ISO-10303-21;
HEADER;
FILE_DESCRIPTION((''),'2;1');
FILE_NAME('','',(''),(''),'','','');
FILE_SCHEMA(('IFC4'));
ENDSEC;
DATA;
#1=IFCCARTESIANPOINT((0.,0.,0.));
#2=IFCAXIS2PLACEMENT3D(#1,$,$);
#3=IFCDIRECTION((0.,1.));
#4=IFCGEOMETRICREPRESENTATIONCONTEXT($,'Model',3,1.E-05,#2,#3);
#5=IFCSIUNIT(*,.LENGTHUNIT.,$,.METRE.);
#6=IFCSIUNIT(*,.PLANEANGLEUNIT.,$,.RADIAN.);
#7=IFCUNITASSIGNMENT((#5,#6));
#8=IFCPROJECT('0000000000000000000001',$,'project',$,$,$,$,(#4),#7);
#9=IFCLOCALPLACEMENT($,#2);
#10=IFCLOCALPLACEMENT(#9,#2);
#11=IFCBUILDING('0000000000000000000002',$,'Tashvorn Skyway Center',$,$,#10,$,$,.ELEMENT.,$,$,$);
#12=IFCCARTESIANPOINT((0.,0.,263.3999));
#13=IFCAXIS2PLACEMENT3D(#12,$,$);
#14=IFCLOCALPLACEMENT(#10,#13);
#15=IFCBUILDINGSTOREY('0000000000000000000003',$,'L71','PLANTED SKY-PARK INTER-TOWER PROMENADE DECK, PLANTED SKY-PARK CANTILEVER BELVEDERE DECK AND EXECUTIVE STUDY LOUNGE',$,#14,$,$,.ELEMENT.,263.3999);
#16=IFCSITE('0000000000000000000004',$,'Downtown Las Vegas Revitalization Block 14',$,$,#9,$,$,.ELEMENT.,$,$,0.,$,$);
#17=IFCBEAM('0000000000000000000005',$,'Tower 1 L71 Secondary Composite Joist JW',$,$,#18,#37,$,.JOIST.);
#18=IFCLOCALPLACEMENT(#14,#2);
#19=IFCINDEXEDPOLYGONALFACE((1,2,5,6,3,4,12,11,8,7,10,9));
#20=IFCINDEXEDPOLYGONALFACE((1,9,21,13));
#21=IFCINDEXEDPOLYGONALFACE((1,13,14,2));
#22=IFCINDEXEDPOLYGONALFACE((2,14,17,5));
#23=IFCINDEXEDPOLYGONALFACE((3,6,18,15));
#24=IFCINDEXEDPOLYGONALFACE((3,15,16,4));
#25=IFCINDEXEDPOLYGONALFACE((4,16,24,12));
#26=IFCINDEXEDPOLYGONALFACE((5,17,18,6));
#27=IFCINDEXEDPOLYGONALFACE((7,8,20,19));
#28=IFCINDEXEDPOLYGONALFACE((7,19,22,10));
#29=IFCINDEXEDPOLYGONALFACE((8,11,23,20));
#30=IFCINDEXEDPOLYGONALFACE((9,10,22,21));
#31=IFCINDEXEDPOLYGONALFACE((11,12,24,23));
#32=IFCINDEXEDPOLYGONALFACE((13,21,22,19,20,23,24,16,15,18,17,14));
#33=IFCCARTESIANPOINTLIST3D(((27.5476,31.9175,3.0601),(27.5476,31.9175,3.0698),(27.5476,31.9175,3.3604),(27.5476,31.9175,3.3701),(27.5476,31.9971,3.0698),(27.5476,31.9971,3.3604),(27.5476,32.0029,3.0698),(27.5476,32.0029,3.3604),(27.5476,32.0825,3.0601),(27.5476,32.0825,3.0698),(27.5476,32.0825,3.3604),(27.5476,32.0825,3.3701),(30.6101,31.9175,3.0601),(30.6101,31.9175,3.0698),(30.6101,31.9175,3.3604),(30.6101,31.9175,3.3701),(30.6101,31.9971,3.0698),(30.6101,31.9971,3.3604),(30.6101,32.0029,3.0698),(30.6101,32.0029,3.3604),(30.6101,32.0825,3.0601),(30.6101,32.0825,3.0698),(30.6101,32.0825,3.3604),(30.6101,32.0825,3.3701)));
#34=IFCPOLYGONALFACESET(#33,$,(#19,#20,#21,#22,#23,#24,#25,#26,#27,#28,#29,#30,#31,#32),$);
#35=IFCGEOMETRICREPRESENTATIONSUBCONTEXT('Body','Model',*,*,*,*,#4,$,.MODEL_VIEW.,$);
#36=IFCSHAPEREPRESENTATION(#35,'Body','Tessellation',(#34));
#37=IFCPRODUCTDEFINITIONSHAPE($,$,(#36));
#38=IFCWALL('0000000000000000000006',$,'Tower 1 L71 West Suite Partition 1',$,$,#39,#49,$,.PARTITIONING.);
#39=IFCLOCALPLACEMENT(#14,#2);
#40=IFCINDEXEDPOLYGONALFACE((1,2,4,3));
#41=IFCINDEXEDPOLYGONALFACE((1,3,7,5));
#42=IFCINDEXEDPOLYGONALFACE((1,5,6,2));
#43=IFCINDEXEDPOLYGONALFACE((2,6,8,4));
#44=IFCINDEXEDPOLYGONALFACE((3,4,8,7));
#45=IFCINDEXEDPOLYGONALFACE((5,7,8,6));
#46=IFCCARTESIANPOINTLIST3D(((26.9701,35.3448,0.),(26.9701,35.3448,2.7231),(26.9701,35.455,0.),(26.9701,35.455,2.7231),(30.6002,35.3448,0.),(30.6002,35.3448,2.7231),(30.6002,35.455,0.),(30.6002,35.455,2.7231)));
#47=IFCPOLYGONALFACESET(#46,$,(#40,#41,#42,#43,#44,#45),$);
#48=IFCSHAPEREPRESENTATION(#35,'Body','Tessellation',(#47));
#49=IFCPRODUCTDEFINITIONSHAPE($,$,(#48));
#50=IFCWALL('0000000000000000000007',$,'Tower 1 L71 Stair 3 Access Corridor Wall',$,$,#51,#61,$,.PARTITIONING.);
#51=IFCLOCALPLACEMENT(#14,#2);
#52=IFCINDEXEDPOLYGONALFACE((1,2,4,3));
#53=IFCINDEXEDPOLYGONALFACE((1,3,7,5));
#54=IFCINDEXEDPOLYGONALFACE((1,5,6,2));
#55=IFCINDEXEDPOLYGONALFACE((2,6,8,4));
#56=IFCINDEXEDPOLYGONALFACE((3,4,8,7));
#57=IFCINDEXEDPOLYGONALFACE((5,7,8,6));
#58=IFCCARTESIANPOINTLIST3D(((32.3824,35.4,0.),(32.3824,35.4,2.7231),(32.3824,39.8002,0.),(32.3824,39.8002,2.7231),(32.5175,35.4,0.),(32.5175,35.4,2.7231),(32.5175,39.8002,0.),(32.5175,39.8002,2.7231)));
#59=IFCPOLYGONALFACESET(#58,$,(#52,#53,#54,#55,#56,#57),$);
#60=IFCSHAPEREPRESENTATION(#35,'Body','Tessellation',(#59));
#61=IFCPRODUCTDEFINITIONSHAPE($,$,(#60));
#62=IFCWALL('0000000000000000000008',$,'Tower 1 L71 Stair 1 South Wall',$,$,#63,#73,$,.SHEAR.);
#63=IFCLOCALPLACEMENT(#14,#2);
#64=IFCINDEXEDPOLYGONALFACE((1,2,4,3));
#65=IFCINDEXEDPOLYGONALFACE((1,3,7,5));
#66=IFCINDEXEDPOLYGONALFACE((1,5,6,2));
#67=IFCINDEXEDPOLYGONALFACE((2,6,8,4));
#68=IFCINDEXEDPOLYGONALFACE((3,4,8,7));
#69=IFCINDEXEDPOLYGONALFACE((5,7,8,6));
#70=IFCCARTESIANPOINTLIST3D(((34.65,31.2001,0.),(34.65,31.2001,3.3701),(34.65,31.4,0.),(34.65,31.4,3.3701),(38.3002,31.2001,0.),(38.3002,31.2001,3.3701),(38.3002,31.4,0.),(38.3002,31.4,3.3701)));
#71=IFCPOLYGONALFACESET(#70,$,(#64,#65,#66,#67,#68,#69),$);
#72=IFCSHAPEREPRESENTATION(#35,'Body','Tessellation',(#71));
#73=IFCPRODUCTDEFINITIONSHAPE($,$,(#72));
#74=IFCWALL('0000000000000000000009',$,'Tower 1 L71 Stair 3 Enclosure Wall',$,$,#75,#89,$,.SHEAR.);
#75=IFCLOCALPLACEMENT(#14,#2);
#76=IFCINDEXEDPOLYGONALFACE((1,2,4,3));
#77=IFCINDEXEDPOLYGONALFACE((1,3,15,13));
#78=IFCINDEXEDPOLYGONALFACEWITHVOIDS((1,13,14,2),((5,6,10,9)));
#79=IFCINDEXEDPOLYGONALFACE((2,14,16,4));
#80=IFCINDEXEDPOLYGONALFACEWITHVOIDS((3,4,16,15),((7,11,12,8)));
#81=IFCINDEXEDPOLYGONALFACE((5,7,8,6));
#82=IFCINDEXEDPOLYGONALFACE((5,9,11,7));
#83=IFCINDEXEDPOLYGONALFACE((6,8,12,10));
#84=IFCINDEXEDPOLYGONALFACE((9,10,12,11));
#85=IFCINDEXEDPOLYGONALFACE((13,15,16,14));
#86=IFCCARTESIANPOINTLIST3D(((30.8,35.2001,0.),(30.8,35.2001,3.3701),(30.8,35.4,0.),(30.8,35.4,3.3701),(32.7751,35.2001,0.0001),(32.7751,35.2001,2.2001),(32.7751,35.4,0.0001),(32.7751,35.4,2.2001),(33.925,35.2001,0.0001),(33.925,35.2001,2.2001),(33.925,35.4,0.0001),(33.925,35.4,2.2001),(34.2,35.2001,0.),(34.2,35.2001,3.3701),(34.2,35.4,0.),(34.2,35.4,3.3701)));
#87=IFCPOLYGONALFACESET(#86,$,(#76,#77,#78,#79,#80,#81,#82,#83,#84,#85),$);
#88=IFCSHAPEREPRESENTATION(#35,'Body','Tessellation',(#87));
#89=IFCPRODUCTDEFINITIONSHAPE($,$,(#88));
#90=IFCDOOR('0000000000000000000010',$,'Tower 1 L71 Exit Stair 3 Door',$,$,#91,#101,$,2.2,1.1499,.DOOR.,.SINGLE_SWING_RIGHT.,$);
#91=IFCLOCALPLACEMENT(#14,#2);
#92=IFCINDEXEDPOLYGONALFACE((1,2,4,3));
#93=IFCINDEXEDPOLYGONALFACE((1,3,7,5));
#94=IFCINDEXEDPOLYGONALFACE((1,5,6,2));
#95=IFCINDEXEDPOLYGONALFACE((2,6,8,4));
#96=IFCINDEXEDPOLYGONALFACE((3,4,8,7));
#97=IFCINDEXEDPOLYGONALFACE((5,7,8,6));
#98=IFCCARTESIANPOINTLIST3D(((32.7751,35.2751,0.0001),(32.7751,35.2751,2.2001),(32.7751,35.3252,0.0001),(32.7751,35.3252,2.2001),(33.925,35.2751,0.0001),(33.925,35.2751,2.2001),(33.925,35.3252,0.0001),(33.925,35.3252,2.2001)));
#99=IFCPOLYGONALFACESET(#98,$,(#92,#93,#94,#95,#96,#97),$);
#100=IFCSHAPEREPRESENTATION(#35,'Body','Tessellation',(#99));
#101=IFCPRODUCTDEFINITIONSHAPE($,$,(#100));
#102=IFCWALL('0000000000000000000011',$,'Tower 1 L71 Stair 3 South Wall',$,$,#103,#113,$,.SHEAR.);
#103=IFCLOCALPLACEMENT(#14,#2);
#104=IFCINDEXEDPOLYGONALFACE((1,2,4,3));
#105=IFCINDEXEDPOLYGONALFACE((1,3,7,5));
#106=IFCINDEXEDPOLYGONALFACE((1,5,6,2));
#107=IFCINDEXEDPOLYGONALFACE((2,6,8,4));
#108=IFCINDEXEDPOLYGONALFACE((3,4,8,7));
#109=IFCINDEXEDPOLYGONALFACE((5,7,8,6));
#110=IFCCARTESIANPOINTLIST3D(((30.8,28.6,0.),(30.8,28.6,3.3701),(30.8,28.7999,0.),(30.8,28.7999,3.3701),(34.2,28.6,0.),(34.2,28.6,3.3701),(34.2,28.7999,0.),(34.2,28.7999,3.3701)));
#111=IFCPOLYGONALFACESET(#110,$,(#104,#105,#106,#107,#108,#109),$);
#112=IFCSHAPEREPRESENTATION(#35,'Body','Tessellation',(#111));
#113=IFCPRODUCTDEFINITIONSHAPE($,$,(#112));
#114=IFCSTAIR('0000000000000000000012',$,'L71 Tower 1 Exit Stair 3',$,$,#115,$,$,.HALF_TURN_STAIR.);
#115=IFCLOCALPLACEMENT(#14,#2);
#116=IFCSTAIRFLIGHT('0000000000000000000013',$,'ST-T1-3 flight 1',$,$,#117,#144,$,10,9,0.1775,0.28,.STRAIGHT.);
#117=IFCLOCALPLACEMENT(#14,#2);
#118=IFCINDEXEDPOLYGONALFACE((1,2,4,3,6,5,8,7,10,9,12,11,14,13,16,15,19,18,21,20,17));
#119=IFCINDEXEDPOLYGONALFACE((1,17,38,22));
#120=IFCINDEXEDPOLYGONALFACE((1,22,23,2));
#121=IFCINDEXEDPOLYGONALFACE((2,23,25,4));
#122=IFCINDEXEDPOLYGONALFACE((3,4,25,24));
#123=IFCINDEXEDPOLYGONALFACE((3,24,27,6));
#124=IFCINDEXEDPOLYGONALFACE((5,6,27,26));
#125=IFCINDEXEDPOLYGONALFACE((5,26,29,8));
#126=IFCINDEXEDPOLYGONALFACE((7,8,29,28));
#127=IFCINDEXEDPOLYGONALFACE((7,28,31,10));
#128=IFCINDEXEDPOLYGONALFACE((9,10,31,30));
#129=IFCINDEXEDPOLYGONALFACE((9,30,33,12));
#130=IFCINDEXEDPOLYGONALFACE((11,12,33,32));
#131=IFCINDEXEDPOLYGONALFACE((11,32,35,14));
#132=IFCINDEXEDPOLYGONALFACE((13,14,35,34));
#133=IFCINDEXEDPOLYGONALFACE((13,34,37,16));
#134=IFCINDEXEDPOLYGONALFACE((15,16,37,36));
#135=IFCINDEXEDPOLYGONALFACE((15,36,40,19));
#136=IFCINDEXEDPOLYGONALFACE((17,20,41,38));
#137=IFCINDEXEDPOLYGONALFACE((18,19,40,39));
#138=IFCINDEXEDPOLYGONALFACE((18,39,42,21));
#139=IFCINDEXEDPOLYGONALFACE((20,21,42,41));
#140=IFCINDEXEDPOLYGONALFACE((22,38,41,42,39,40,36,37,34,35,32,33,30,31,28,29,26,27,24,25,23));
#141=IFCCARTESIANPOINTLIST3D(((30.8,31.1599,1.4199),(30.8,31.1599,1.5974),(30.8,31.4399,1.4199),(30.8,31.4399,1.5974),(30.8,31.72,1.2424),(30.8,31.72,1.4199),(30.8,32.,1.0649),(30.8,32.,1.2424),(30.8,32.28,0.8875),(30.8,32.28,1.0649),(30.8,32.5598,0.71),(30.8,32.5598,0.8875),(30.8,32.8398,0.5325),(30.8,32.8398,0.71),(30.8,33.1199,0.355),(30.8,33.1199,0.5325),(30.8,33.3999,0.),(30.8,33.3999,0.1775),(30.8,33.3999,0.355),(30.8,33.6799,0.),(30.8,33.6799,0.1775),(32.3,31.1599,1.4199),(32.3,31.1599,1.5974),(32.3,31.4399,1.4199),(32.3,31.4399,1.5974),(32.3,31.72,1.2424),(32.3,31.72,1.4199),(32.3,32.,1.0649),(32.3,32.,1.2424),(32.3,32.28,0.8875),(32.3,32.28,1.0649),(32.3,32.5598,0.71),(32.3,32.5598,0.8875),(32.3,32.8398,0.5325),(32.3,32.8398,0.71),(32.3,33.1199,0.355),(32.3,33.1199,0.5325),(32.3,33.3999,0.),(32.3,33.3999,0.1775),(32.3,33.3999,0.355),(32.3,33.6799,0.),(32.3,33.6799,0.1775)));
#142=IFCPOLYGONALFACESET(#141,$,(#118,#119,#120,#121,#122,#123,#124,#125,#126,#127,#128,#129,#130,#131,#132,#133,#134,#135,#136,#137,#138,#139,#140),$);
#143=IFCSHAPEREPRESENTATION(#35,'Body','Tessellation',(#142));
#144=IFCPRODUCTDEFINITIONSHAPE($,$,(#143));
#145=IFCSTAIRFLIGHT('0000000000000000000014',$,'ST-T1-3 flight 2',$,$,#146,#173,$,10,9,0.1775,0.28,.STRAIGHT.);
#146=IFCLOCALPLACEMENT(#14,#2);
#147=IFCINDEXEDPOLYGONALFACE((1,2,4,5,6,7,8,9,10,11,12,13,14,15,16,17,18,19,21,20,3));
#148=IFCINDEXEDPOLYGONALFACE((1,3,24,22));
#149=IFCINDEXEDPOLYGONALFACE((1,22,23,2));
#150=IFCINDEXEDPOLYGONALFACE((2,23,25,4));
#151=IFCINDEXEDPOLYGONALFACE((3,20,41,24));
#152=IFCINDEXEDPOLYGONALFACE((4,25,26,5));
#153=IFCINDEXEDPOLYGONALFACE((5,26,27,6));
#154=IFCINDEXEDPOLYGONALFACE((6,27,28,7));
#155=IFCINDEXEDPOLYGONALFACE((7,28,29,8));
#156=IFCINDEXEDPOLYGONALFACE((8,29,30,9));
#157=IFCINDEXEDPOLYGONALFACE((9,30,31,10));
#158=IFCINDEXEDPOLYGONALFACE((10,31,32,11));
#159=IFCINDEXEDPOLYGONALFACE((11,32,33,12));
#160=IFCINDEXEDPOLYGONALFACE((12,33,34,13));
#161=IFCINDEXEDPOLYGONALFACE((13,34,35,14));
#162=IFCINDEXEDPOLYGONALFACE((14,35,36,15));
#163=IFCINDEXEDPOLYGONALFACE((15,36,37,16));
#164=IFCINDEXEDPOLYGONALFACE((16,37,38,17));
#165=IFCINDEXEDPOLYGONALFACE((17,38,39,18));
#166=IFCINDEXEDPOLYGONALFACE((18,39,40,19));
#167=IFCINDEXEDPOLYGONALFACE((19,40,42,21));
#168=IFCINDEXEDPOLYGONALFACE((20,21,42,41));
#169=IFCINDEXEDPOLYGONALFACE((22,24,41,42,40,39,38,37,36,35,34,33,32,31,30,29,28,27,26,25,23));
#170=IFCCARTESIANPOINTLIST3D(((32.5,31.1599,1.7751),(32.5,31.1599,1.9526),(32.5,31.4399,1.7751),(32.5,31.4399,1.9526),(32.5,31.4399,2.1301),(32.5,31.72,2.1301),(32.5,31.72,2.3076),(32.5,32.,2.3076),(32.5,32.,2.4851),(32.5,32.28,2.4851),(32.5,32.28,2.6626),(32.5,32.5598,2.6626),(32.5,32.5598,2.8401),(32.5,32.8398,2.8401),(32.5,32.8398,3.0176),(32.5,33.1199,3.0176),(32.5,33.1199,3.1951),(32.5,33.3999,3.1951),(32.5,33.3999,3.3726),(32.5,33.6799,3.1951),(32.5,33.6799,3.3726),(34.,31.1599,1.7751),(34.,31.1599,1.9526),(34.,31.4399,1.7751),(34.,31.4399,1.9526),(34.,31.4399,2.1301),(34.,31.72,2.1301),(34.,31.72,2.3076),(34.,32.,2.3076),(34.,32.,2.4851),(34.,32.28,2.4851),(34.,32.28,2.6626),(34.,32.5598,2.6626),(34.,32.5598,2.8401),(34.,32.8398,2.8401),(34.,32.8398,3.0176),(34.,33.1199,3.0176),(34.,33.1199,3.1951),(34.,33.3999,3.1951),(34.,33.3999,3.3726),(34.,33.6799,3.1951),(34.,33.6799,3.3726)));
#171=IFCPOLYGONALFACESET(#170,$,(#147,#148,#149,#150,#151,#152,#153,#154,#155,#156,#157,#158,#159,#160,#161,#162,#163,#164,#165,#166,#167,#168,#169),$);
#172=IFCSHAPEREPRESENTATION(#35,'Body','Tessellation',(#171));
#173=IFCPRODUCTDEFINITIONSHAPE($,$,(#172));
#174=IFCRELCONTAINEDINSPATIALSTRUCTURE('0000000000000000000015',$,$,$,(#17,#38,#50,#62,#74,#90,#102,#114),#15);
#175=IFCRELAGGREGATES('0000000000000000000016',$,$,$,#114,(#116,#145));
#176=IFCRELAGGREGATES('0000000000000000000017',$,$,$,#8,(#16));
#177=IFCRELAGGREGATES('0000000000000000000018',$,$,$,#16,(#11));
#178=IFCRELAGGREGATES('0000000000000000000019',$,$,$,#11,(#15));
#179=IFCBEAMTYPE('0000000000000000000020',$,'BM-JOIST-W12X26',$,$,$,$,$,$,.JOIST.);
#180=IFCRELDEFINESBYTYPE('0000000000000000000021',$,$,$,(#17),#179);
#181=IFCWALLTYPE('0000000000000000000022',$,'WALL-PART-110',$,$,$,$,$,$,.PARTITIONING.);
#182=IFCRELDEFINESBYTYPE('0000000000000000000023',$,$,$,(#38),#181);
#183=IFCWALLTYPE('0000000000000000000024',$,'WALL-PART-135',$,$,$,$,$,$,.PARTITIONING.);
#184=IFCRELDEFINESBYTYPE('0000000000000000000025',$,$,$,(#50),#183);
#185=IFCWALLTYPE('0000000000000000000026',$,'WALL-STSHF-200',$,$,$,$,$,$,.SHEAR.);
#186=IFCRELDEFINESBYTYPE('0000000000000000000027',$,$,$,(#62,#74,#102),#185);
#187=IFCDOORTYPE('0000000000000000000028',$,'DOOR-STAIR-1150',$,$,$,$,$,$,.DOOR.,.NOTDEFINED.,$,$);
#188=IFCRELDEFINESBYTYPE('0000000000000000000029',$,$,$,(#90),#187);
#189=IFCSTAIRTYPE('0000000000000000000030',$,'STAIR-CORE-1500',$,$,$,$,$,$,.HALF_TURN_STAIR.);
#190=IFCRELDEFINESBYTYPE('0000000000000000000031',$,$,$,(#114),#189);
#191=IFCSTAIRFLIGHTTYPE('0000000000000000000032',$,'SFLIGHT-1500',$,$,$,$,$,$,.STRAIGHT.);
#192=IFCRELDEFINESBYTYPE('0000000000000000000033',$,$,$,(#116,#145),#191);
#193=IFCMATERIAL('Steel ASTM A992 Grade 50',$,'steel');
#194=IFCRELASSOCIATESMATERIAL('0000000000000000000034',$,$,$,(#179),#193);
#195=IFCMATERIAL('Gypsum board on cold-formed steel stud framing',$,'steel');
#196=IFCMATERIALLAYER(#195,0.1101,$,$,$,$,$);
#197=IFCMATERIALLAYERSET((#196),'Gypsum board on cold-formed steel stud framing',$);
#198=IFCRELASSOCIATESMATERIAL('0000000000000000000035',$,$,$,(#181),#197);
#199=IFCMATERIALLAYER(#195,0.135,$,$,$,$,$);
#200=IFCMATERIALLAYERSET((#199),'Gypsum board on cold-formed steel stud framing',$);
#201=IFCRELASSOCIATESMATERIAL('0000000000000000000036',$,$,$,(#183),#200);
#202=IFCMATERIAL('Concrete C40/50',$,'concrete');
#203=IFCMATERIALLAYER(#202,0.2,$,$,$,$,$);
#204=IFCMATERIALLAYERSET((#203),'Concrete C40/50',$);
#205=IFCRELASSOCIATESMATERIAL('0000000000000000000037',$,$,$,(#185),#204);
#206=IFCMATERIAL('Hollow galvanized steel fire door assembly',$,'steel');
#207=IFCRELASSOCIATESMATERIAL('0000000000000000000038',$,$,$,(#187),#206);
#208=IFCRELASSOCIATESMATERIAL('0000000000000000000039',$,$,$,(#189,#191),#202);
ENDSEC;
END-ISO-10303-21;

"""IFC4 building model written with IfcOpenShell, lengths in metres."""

from ifc_helpers import new_model, si_unit, direction, frame, frame_2d, origin, origin_2d, place, context, subcontext, project, spatial, polyline, rectangle, i_section, outline, extrude, material, layer, layer_set, material_profile, profile_set, type_object, element, fill, aggregate, save


model = new_model("IFC4")

# Units and contexts
model_context = context("Model", 3, precision=1e-05, world=origin(), true_north=direction((0.0, 1.0)))
body_context = subcontext(model_context, "Body", "Model", "MODEL_VIEW")
ifc_project = project(units=[si_unit("LENGTHUNIT", "METRE"), si_unit("PLANEANGLEUNIT", "RADIAN")], contexts=[model_context])

# Site, building, storey
site_placement = place(None, origin())
site = spatial("IfcSite", under=ifc_project, at=site_placement, Name="Downtown Las Vegas Revitalization Block 14", CompositionType="ELEMENT", RefElevation=0.0)
building_placement = place(site_placement, origin())
building = spatial("IfcBuilding", under=site, at=building_placement, Name="Tashvorn Skyway Center", CompositionType="ELEMENT")
storey_placement = place(building_placement, frame((0.0, 0.0, 263.3999)))
storey = spatial("IfcBuildingStorey", under=building, at=storey_placement, Name="L71", Description="PLANTED SKY-PARK INTER-TOWER PROMENADE DECK, PLANTED SKY-PARK CANTILEVER BELVEDERE DECK AND EXECUTIVE STUDY LOUNGE", CompositionType="ELEMENT", Elevation=263.3999)

# Beam
ifc_material_1 = material(Name="Steel ASTM A992 Grade 50", Category="steel")
ifc_material_profile = material_profile(ifc_material_1, i_section(OverallWidth=0.165, OverallDepth=0.3101, WebThickness=0.0059, FlangeThickness=0.0098, at=origin_2d()), Name="W12X26")
ifc_profile_set = profile_set([ifc_material_profile], Name="Steel ASTM A992 Grade 50")
beam_type = type_object("IfcBeamType", Name="BM-JOIST-W12X26", PredefinedType="JOIST", material=ifc_profile_set)
beam_placement = place(storey_placement, frame((30.6101, 32.0, 3.2151), z_axis=(-1.0, 0.0, 0.0), x_axis=(0.0, -1.0, 0.0)))
element("IfcBeam", 1, at=beam_placement, inside=storey, type_object=beam_type, Name="Tower 1 L71 Secondary Composite Joist JW", PredefinedType="JOIST", context=body_context, shape_type="SweptSolid", body=[
    extrude(i_section(OverallWidth=0.165, OverallDepth=0.3101, WebThickness=0.0059, FlangeThickness=0.0098, at=origin_2d()), origin(), (0.0, 0.0, 1.0), 3.0625),
])

# Walls
ifc_material_2 = material(Name="Gypsum board on cold-formed steel stud framing", Category="steel")
ifc_layer_1 = layer(ifc_material_2, 0.1101)
ifc_layer_set_1 = layer_set([ifc_layer_1], Name="Gypsum board on cold-formed steel stud framing")
wall_type_1 = type_object("IfcWallType", Name="WALL-PART-110", PredefinedType="PARTITIONING", material=ifc_layer_set_1)
wall_1_placement = place(storey_placement, frame((30.6001, 35.3999, 0.0), z_axis=(0.0, 0.0, 1.0), x_axis=(-1.0, 0.0, 0.0)))
element("IfcWall", 2, at=wall_1_placement, inside=storey, type_object=wall_type_1, Name="Tower 1 L71 West Suite Partition 1", PredefinedType="PARTITIONING", context=body_context, shape_type="SweptSolid", body=[
    extrude(rectangle(XDim=3.6301, YDim=0.1101, at=frame_2d((1.8149, 0.0))), origin(), (0.0, 0.0, 1.0), 2.7231),
])
ifc_layer_2 = layer(ifc_material_2, 0.135)
ifc_layer_set_2 = layer_set([ifc_layer_2], Name="Gypsum board on cold-formed steel stud framing")
wall_type_2 = type_object("IfcWallType", Name="WALL-PART-135", PredefinedType="PARTITIONING", material=ifc_layer_set_2)
wall_2_placement = place(storey_placement, frame((32.45, 35.3999, 0.0), z_axis=(0.0, 0.0, 1.0), x_axis=(0.0, 1.0, 0.0)))
element("IfcWall", 3, at=wall_2_placement, inside=storey, type_object=wall_type_2, Name="Tower 1 L71 Stair 3 Access Corridor Wall", PredefinedType="PARTITIONING", context=body_context, shape_type="SweptSolid", body=[
    extrude(rectangle(XDim=4.4001, YDim=0.135, at=frame_2d((2.2002, 0.0))), origin(), (0.0, 0.0, 1.0), 2.7231),
])
ifc_material_3 = material(Name="Concrete C40/50", Category="concrete")
ifc_layer_3 = layer(ifc_material_3, 0.2)
ifc_layer_set_3 = layer_set([ifc_layer_3], Name="Concrete C40/50")
wall_type_3 = type_object("IfcWallType", Name="WALL-STSHF-200", PredefinedType="SHEAR", material=ifc_layer_set_3)
wall_3_placement = place(storey_placement, frame((34.6499, 31.3, 0.0), z_axis=(0.0, 0.0, 1.0), x_axis=(1.0, 0.0, 0.0)))
element("IfcWall", 4, at=wall_3_placement, inside=storey, type_object=wall_type_3, Name="Tower 1 L71 Stair 1 South Wall", PredefinedType="SHEAR", context=body_context, shape_type="SweptSolid", body=[
    extrude(rectangle(XDim=3.6501, YDim=0.2, at=frame_2d((1.8252, 0.0))), origin(), (0.0, 0.0, 1.0), 3.3701),
])

# Wall, opening, door
wall_4_placement = place(storey_placement, frame((34.2, 35.3, 0.0), z_axis=(0.0, 0.0, 1.0), x_axis=(-1.0, 0.0, 0.0)))
wall_4 = element("IfcWall", 5, at=wall_4_placement, inside=storey, type_object=wall_type_3, Name="Tower 1 L71 Stair 3 Enclosure Wall", PredefinedType="SHEAR", context=body_context, shape_type="SweptSolid", body=[
    extrude(rectangle(XDim=3.3999, YDim=0.2, at=frame_2d((1.7, 0.0))), origin(), (0.0, 0.0, 1.0), 3.3701),
])
opening_placement = place(wall_4_placement, frame((0.2749, 0.0, 0.0)))
opening = element("IfcOpeningElement", 6, at=opening_placement, cuts=wall_4, PredefinedType="OPENING", context=body_context, shape_type="SweptSolid", body=[
    extrude(rectangle(XDim=1.1499, YDim=2.2, at=frame_2d((0.575, 1.1001))), frame((0.0, 0.1099, 0.0), z_axis=(0.0, -1.0, 0.0), x_axis=(1.0, 0.0, 0.0)), (0.0, 0.0, 1.0), 0.22),
])
ifc_material_4 = material(Name="Hollow galvanized steel fire door assembly", Category="steel")
door_type = type_object("IfcDoorType", Name="DOOR-STAIR-1150", OperationType="NOTDEFINED", PredefinedType="DOOR", material=ifc_material_4)
door_placement = place(opening_placement, origin())
door = element("IfcDoor", 7, at=door_placement, inside=storey, type_object=door_type, Name="Tower 1 L71 Exit Stair 3 Door", OperationType="SINGLE_SWING_RIGHT", OverallHeight=2.2, OverallWidth=1.1499, PredefinedType="DOOR", context=body_context, shape_type="SweptSolid", body=[
    extrude(rectangle(XDim=1.1499, YDim=2.2, at=frame_2d((0.575, 1.1001))), frame((0.0, 0.0249, 0.0), z_axis=(0.0, -1.0, 0.0), x_axis=(1.0, 0.0, 0.0)), (0.0, 0.0, 1.0), 0.05),
])
fill(opening, door)

# Wall
wall_5_placement = place(storey_placement, frame((30.8, 28.7, 0.0), z_axis=(0.0, 0.0, 1.0), x_axis=(1.0, 0.0, 0.0)))
element("IfcWall", 8, at=wall_5_placement, inside=storey, type_object=wall_type_3, Name="Tower 1 L71 Stair 3 South Wall", PredefinedType="SHEAR", context=body_context, shape_type="SweptSolid", body=[
    extrude(rectangle(XDim=3.3999, YDim=0.2, at=frame_2d((1.7, 0.0))), origin(), (0.0, 0.0, 1.0), 3.3701),
])

# Stair, stair flights
stair_type = type_object("IfcStairType", Name="STAIR-CORE-1500", PredefinedType="HALF_TURN_STAIR", material=ifc_material_3)
stair_placement = place(storey_placement, origin())
stair = element("IfcStair", 9, at=stair_placement, inside=storey, type_object=stair_type, Name="L71 Tower 1 Exit Stair 3", PredefinedType="HALF_TURN_STAIR")
stair_flight_type = type_object("IfcStairFlightType", Name="SFLIGHT-1500", PredefinedType="STRAIGHT", material=ifc_material_3)
stair_flight_1_placement = place(storey_placement, frame((31.55, 33.6799, 0.0), z_axis=(0.0, 0.0, 1.0), x_axis=(0.0, -1.0, 0.0)))
stair_flight_1 = element("IfcStairFlight", 10, at=stair_flight_1_placement, type_object=stair_flight_type, Name="ST-T1-3 flight 1", NumberOfRisers=10, NumberOfTreads=9, PredefinedType="STRAIGHT", RiserHeight=0.1775, TreadLength=0.28, context=body_context, shape_type="SweptSolid", body=[
    extrude(outline(polyline([(0.0, 0.0), (0.0, 0.1775), (0.28, 0.1775), (0.28, 0.355), (0.5601, 0.355), (0.5601, 0.5325), (0.8401, 0.5325), (0.8401, 0.71), (1.1201, 0.71), (1.1201, 0.8875), (1.3999, 0.8875), (1.3999, 1.0649), (1.6799, 1.0649), (1.6799, 1.2424), (1.96, 1.2424), (1.96, 1.4199), (2.24, 1.4199), (2.24, 1.5974), (2.52, 1.5974), (2.52, 1.7749), (2.52, 1.4199), (0.28, 0.0), (0.0, 0.0)])), frame((0.0, 0.75, 0.0), z_axis=(0.0, -1.0, 0.0), x_axis=(1.0, 0.0, 0.0)), (0.0, 0.0, 1.0), 1.5),
])
stair_flight_2_placement = place(storey_placement, frame((33.25, 31.1599, 1.7751), z_axis=(0.0, 0.0, 1.0), x_axis=(0.0, 1.0, 0.0)))
stair_flight_2 = element("IfcStairFlight", 11, at=stair_flight_2_placement, type_object=stair_flight_type, Name="ST-T1-3 flight 2", NumberOfRisers=10, NumberOfTreads=9, PredefinedType="STRAIGHT", RiserHeight=0.1775, TreadLength=0.28, context=body_context, shape_type="SweptSolid", body=[
    extrude(outline(polyline([(0.0, 0.0), (0.0, 0.1775), (0.28, 0.1775), (0.28, 0.355), (0.5601, 0.355), (0.5601, 0.5325), (0.8401, 0.5325), (0.8401, 0.71), (1.1201, 0.71), (1.1201, 0.8875), (1.3999, 0.8875), (1.3999, 1.0649), (1.6799, 1.0649), (1.6799, 1.2424), (1.96, 1.2424), (1.96, 1.4199), (2.24, 1.4199), (2.24, 1.5974), (2.52, 1.5974), (2.52, 1.7749), (2.52, 1.4199), (0.28, 0.0), (0.0, 0.0)])), frame((0.0, 0.75, 0.0), z_axis=(0.0, -1.0, 0.0), x_axis=(1.0, 0.0, 0.0)), (0.0, 0.0, 1.0), 1.5),
])
aggregate(stair, [stair_flight_1, stair_flight_2])

save(model, "model.ifc")
